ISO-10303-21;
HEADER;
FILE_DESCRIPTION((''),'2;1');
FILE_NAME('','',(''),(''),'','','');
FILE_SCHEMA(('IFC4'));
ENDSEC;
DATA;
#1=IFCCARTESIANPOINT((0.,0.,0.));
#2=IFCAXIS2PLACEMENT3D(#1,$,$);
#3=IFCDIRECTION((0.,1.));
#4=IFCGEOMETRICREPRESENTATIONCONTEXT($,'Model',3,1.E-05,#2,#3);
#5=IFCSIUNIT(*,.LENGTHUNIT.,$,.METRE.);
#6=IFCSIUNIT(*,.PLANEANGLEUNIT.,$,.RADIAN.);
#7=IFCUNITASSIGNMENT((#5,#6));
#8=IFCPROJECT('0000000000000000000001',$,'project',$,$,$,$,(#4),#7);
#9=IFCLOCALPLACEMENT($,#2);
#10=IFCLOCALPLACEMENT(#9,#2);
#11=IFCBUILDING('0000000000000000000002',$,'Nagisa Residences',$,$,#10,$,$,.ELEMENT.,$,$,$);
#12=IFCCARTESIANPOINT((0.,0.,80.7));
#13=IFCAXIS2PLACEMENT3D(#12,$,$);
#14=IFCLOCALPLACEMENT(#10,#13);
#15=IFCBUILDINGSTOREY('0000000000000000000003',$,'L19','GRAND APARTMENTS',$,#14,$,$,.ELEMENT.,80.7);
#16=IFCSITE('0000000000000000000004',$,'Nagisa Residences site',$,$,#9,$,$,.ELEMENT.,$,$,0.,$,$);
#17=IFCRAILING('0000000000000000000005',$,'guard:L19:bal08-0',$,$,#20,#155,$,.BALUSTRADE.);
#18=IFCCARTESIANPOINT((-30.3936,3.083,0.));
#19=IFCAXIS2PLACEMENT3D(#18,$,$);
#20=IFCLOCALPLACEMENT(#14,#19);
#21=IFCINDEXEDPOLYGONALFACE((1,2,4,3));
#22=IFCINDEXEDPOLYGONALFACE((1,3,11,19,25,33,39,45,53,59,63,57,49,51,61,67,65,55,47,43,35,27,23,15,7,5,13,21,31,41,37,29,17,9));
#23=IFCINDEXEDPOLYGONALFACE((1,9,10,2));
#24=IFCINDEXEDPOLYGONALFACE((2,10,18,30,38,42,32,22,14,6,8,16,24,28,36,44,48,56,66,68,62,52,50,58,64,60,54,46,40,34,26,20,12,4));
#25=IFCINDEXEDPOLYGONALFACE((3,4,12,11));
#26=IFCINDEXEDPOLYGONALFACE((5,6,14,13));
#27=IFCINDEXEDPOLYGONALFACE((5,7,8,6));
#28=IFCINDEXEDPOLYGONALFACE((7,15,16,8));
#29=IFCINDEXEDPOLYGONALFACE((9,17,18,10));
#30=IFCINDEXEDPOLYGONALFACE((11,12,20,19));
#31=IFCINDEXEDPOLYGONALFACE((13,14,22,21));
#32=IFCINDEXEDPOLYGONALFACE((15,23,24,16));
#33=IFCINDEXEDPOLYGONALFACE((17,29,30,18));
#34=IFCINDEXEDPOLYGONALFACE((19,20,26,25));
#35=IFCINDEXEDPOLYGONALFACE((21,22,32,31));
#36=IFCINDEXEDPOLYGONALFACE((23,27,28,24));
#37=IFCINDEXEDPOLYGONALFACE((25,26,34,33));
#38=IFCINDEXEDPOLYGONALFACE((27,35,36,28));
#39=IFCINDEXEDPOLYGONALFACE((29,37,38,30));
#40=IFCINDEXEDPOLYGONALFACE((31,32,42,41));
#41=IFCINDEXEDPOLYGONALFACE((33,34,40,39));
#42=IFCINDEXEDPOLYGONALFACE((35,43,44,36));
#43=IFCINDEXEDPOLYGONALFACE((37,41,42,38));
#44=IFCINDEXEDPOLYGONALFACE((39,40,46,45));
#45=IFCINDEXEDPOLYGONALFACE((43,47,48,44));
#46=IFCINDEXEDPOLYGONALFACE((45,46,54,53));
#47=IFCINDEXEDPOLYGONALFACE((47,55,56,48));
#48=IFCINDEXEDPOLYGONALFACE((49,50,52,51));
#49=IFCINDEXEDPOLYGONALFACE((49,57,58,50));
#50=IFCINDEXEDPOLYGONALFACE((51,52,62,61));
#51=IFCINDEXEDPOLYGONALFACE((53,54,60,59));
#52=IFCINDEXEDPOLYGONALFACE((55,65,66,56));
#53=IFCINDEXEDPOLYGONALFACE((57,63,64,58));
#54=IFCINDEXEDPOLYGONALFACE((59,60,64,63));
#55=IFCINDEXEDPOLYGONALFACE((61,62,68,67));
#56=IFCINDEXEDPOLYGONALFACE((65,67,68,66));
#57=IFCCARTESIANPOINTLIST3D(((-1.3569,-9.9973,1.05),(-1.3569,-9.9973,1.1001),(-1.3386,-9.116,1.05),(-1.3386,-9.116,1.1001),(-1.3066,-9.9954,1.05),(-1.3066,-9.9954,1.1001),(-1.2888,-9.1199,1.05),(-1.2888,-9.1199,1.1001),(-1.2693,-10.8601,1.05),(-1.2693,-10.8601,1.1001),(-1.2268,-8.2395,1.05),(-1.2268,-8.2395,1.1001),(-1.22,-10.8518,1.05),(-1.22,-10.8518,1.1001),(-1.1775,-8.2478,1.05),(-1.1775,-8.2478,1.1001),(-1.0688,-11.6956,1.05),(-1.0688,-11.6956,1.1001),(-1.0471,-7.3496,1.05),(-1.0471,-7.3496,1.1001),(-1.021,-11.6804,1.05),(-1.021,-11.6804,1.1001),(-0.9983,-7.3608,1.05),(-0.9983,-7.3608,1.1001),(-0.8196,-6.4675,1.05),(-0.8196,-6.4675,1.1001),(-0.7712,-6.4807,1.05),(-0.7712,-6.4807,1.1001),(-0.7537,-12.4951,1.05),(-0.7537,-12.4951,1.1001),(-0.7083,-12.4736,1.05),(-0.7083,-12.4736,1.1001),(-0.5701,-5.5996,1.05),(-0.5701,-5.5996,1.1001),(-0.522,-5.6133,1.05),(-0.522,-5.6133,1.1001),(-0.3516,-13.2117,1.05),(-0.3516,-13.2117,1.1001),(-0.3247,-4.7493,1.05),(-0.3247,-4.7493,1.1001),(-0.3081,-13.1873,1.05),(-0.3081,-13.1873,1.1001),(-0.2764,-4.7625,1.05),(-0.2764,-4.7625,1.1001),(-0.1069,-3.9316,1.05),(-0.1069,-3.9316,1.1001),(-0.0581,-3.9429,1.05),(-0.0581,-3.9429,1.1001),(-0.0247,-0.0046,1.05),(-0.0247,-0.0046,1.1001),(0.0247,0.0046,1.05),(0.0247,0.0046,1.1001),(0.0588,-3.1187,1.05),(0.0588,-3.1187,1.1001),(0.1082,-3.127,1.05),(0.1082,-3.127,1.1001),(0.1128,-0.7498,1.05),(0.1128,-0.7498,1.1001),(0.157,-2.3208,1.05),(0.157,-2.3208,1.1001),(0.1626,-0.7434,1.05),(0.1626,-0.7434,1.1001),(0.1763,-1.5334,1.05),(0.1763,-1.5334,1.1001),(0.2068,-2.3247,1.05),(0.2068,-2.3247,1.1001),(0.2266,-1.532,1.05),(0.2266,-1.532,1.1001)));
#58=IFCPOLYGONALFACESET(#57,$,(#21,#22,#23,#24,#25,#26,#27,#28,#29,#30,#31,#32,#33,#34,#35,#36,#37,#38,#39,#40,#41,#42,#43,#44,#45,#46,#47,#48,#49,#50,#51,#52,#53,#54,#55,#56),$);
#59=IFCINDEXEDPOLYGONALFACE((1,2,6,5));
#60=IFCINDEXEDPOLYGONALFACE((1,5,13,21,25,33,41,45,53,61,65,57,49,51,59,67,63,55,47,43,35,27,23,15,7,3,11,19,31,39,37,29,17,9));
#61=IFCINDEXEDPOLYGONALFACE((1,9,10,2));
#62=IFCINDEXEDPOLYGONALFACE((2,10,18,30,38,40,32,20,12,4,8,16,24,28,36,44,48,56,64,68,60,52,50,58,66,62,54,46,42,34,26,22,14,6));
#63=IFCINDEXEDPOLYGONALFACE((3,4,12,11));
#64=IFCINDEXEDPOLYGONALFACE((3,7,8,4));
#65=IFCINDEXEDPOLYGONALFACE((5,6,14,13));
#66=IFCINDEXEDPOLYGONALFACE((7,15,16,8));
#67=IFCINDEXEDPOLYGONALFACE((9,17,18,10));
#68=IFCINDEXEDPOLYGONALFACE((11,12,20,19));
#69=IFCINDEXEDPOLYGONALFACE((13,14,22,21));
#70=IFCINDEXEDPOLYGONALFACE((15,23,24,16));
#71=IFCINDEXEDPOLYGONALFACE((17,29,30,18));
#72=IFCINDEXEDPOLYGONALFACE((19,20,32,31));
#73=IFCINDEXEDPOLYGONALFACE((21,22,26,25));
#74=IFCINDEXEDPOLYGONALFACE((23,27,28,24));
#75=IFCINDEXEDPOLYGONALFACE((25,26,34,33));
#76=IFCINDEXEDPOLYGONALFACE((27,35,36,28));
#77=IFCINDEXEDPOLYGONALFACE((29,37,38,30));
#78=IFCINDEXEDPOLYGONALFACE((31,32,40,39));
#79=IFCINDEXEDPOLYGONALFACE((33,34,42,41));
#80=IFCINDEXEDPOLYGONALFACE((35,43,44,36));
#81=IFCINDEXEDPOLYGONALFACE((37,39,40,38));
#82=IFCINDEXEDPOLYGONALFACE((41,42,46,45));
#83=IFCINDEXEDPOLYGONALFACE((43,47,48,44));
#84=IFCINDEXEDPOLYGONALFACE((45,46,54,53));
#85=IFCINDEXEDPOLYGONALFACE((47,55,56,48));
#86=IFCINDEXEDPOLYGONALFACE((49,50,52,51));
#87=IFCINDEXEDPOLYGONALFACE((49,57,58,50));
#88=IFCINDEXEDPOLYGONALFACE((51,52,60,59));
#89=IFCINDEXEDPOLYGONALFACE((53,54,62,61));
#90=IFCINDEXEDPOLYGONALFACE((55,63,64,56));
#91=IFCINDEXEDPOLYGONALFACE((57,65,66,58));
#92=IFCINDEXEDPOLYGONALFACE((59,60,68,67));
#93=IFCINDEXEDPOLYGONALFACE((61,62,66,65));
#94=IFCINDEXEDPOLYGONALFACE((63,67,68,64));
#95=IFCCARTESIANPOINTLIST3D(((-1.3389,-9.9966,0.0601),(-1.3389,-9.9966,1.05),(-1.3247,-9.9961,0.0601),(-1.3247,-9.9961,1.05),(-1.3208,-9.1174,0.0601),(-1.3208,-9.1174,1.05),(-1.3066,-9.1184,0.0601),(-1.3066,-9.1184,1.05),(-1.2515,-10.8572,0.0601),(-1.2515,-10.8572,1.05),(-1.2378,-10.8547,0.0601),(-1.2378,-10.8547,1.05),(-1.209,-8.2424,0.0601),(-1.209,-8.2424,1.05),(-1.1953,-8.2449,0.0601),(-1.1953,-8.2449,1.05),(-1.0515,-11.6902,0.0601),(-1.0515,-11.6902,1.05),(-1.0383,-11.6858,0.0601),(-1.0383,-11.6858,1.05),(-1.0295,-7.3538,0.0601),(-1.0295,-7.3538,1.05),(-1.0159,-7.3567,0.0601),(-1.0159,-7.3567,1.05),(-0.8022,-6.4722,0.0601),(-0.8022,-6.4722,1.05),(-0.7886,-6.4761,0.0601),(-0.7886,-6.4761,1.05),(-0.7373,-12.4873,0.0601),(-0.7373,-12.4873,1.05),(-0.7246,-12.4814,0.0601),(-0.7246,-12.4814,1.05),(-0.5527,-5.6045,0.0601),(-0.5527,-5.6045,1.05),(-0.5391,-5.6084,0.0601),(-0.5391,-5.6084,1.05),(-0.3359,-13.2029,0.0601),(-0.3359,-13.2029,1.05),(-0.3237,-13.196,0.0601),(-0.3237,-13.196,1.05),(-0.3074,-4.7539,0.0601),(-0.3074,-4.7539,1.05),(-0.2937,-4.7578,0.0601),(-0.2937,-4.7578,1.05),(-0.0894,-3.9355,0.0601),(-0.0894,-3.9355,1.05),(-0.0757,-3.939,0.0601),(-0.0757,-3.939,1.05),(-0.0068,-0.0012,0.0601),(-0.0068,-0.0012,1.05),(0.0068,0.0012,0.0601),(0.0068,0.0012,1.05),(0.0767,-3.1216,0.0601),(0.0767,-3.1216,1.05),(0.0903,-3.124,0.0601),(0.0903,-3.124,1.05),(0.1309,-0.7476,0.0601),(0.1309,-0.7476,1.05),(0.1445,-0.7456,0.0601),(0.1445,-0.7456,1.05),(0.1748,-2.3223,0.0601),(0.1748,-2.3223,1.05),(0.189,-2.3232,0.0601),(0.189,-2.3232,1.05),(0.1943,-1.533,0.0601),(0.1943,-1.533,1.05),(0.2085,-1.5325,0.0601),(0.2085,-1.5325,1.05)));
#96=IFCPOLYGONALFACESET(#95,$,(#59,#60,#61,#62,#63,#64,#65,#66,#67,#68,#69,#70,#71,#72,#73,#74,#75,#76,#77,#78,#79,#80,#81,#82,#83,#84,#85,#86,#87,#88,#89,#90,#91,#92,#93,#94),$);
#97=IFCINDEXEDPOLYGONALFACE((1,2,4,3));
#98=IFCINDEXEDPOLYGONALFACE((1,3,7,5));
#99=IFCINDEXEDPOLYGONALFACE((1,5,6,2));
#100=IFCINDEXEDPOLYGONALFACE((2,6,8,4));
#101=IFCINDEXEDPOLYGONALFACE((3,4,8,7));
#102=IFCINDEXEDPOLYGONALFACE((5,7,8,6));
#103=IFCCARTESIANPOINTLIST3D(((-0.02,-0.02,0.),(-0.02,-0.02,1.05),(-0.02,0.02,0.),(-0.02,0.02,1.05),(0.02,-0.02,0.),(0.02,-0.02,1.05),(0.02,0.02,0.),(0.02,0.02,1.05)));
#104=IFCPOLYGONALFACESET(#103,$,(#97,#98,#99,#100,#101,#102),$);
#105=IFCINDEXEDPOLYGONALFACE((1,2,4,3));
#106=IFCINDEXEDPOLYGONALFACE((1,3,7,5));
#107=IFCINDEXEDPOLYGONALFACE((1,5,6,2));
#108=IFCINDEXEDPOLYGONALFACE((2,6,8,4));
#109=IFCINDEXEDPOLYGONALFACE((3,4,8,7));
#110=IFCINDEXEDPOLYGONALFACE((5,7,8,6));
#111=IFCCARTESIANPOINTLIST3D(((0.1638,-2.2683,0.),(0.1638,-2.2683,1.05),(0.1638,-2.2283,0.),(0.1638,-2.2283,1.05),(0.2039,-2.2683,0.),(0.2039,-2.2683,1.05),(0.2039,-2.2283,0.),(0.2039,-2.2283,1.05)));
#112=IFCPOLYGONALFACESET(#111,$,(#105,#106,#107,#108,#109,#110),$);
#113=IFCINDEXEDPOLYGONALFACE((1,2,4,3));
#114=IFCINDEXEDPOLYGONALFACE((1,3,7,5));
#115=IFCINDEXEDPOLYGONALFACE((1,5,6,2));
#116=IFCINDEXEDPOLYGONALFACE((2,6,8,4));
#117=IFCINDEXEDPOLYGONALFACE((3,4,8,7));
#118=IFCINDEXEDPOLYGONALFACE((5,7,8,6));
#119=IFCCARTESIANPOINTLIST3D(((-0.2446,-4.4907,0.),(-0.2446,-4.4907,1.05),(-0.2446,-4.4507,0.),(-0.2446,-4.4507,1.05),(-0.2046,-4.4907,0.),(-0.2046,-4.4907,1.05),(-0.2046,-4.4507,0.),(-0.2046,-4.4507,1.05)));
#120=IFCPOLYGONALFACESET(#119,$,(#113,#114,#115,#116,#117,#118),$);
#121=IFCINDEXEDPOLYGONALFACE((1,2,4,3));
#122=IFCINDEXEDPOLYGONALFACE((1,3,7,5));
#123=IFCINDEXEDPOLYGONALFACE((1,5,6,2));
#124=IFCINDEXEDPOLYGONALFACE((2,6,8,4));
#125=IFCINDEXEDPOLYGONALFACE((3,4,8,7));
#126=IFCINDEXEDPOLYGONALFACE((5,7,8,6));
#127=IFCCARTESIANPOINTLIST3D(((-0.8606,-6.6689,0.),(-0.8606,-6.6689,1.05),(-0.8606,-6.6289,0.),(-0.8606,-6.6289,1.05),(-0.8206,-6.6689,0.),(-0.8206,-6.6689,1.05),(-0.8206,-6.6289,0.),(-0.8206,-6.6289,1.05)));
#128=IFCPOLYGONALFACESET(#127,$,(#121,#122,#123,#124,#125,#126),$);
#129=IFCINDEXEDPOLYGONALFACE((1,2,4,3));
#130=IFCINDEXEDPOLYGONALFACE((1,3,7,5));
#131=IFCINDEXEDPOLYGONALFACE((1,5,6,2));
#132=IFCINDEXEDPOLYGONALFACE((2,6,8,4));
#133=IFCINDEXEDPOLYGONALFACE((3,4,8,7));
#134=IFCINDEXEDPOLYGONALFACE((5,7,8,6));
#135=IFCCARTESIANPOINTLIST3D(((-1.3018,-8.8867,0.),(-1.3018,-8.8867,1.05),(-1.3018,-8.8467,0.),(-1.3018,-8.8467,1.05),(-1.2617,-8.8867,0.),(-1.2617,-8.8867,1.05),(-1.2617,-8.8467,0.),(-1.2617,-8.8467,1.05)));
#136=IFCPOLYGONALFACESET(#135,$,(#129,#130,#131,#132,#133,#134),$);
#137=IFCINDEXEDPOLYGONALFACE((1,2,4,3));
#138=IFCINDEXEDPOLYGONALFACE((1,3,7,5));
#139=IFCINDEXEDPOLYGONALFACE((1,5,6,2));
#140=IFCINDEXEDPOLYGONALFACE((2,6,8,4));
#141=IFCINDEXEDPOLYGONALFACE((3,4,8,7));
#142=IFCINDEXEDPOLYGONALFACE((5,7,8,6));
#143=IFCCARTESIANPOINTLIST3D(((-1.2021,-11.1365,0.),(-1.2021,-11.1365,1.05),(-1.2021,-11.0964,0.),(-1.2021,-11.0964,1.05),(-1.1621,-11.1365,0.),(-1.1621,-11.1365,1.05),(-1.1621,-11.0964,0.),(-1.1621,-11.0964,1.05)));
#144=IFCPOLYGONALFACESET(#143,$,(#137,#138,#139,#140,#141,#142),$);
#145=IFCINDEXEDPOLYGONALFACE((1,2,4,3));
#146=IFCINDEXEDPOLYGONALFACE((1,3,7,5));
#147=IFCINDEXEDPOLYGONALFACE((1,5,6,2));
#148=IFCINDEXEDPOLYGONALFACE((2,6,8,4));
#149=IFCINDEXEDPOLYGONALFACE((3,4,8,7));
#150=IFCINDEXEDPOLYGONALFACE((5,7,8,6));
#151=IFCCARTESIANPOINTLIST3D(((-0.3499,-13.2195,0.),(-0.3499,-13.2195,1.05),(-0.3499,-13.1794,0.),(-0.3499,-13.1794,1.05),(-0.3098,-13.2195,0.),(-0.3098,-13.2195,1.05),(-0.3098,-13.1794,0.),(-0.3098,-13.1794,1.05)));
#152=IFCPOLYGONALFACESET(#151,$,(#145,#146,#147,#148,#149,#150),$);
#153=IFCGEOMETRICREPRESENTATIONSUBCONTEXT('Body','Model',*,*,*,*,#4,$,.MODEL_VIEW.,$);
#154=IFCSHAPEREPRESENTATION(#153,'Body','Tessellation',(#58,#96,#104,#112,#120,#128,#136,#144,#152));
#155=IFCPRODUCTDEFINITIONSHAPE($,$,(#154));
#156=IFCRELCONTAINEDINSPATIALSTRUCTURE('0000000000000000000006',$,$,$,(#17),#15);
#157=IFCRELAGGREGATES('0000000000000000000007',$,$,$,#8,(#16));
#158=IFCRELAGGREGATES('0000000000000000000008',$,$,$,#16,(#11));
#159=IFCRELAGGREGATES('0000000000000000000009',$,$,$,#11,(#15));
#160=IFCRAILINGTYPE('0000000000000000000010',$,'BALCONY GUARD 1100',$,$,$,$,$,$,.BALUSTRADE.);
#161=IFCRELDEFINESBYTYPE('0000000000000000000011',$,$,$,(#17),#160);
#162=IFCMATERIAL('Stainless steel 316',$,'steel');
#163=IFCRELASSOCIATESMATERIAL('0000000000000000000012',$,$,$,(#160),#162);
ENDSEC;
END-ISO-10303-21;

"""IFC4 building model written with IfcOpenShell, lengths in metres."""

from ifc_helpers import new_model, si_unit, direction, frame, origin, origin_2d, place, context, subcontext, project, spatial, polyline, rectangle, outline, extrude, material, type_object, element, save


model = new_model("IFC4")

# Units and contexts
model_context = context("Model", 3, precision=1e-05, world=origin(), true_north=direction((0.0, 1.0)))
body_context = subcontext(model_context, "Body", "Model", "MODEL_VIEW")
ifc_project = project(units=[si_unit("LENGTHUNIT", "METRE"), si_unit("PLANEANGLEUNIT", "RADIAN")], contexts=[model_context])

# Site, building, storey
site_placement = place(None, origin())
site = spatial("IfcSite", under=ifc_project, at=site_placement, Name="Nagisa Residences site", CompositionType="ELEMENT", RefElevation=0.0)
building_placement = place(site_placement, origin())
building = spatial("IfcBuilding", under=site, at=building_placement, Name="Nagisa Residences", CompositionType="ELEMENT")
storey_placement = place(building_placement, frame((0.0, 0.0, 80.7)))
storey = spatial("IfcBuildingStorey", under=building, at=storey_placement, Name="L19", Description="GRAND APARTMENTS", CompositionType="ELEMENT", Elevation=80.7)

# Railing
ifc_material_1 = material(Name="Stainless steel 316", Category="steel")
railing_type = type_object("IfcRailingType", Name="BALCONY GUARD 1100", PredefinedType="BALUSTRADE", material=ifc_material_1)
railing_1_placement = place(storey_placement, frame((-30.3936, 3.083, 0.0)))
element("IfcRailing", 1, at=railing_1_placement, inside=storey, type_object=railing_type, Name="guard:L19:bal08-0", PredefinedType="BALUSTRADE", context=body_context, shape_type="SweptSolid", body=[
    extrude(outline(polyline([(0.1626, -0.7434), (0.0247, 0.0046), (-0.0247, -0.0046), (0.1128, -0.7498), (0.1763, -1.5334), (0.157, -2.3208), (0.0588, -3.1187), (-0.1069, -3.9316), (-0.3247, -4.7493), (-0.5701, -5.5996), (-0.8196, -6.4675), (-1.0471, -7.3496), (-1.2268, -8.2395), (-1.3386, -9.116), (-1.3569, -9.9973), (-1.2693, -10.8601), (-1.0688, -11.6956), (-0.7537, -12.4951), (-0.3516, -13.2117), (-0.3081, -13.1873), (-0.7083, -12.4736), (-1.021, -11.6804), (-1.22, -10.8518), (-1.3066, -9.9954), (-1.2888, -9.1199), (-1.1775, -8.2478), (-0.9983, -7.3608), (-0.7712, -6.4807), (-0.522, -5.6133), (-0.2764, -4.7625), (-0.0581, -3.9429), (0.1082, -3.127), (0.2068, -2.3247), (0.2266, -1.532), (0.1626, -0.7434)])), frame((0.0, 0.0, 1.05)), (0.0, 0.0, 1.0), 0.05),
    extrude(outline(polyline([(0.1445, -0.7456), (0.0068, 0.0012), (-0.0068, -0.0012), (0.1309, -0.7476), (0.1943, -1.533), (0.1748, -2.3223), (0.0767, -3.1216), (-0.0894, -3.9355), (-0.3074, -4.7539), (-0.5527, -5.6045), (-0.8022, -6.4722), (-1.0295, -7.3538), (-1.209, -8.2424), (-1.3208, -9.1174), (-1.3389, -9.9966), (-1.2515, -10.8572), (-1.0515, -11.6902), (-0.7373, -12.4873), (-0.3359, -13.2029), (-0.3237, -13.196), (-0.7246, -12.4814), (-1.0383, -11.6858), (-1.2378, -10.8547), (-1.3247, -9.9961), (-1.3066, -9.1184), (-1.1953, -8.2449), (-1.0159, -7.3567), (-0.7886, -6.4761), (-0.5391, -5.6084), (-0.2937, -4.7578), (-0.0757, -3.939), (0.0903, -3.124), (0.189, -2.3232), (0.2085, -1.5325), (0.1445, -0.7456)])), frame((0.0, 0.0, 0.0601)), (0.0, 0.0, 1.0), 0.99),
    extrude(rectangle(XDim=0.04, YDim=0.04, at=origin_2d()), origin(), (0.0, 0.0, 1.0), 1.05),
    extrude(rectangle(XDim=0.04, YDim=0.04, at=origin_2d()), frame((0.1838, -2.2483, 0.0)), (0.0, 0.0, 1.0), 1.05),
    extrude(rectangle(XDim=0.04, YDim=0.04, at=origin_2d()), frame((-0.2246, -4.4707, 0.0)), (0.0, 0.0, 1.0), 1.05),
    extrude(rectangle(XDim=0.04, YDim=0.04, at=origin_2d()), frame((-0.8406, -6.6489, 0.0)), (0.0, 0.0, 1.0), 1.05),
    extrude(rectangle(XDim=0.04, YDim=0.04, at=origin_2d()), frame((-1.2817, -8.8667, 0.0)), (0.0, 0.0, 1.0), 1.05),
    extrude(rectangle(XDim=0.04, YDim=0.04, at=origin_2d()), frame((-1.1821, -11.1165, 0.0)), (0.0, 0.0, 1.0), 1.05),
    extrude(rectangle(XDim=0.04, YDim=0.04, at=origin_2d()), frame((-0.3298, -13.1995, 0.0)), (0.0, 0.0, 1.0), 1.05),
])

save(model, "model.ifc")
